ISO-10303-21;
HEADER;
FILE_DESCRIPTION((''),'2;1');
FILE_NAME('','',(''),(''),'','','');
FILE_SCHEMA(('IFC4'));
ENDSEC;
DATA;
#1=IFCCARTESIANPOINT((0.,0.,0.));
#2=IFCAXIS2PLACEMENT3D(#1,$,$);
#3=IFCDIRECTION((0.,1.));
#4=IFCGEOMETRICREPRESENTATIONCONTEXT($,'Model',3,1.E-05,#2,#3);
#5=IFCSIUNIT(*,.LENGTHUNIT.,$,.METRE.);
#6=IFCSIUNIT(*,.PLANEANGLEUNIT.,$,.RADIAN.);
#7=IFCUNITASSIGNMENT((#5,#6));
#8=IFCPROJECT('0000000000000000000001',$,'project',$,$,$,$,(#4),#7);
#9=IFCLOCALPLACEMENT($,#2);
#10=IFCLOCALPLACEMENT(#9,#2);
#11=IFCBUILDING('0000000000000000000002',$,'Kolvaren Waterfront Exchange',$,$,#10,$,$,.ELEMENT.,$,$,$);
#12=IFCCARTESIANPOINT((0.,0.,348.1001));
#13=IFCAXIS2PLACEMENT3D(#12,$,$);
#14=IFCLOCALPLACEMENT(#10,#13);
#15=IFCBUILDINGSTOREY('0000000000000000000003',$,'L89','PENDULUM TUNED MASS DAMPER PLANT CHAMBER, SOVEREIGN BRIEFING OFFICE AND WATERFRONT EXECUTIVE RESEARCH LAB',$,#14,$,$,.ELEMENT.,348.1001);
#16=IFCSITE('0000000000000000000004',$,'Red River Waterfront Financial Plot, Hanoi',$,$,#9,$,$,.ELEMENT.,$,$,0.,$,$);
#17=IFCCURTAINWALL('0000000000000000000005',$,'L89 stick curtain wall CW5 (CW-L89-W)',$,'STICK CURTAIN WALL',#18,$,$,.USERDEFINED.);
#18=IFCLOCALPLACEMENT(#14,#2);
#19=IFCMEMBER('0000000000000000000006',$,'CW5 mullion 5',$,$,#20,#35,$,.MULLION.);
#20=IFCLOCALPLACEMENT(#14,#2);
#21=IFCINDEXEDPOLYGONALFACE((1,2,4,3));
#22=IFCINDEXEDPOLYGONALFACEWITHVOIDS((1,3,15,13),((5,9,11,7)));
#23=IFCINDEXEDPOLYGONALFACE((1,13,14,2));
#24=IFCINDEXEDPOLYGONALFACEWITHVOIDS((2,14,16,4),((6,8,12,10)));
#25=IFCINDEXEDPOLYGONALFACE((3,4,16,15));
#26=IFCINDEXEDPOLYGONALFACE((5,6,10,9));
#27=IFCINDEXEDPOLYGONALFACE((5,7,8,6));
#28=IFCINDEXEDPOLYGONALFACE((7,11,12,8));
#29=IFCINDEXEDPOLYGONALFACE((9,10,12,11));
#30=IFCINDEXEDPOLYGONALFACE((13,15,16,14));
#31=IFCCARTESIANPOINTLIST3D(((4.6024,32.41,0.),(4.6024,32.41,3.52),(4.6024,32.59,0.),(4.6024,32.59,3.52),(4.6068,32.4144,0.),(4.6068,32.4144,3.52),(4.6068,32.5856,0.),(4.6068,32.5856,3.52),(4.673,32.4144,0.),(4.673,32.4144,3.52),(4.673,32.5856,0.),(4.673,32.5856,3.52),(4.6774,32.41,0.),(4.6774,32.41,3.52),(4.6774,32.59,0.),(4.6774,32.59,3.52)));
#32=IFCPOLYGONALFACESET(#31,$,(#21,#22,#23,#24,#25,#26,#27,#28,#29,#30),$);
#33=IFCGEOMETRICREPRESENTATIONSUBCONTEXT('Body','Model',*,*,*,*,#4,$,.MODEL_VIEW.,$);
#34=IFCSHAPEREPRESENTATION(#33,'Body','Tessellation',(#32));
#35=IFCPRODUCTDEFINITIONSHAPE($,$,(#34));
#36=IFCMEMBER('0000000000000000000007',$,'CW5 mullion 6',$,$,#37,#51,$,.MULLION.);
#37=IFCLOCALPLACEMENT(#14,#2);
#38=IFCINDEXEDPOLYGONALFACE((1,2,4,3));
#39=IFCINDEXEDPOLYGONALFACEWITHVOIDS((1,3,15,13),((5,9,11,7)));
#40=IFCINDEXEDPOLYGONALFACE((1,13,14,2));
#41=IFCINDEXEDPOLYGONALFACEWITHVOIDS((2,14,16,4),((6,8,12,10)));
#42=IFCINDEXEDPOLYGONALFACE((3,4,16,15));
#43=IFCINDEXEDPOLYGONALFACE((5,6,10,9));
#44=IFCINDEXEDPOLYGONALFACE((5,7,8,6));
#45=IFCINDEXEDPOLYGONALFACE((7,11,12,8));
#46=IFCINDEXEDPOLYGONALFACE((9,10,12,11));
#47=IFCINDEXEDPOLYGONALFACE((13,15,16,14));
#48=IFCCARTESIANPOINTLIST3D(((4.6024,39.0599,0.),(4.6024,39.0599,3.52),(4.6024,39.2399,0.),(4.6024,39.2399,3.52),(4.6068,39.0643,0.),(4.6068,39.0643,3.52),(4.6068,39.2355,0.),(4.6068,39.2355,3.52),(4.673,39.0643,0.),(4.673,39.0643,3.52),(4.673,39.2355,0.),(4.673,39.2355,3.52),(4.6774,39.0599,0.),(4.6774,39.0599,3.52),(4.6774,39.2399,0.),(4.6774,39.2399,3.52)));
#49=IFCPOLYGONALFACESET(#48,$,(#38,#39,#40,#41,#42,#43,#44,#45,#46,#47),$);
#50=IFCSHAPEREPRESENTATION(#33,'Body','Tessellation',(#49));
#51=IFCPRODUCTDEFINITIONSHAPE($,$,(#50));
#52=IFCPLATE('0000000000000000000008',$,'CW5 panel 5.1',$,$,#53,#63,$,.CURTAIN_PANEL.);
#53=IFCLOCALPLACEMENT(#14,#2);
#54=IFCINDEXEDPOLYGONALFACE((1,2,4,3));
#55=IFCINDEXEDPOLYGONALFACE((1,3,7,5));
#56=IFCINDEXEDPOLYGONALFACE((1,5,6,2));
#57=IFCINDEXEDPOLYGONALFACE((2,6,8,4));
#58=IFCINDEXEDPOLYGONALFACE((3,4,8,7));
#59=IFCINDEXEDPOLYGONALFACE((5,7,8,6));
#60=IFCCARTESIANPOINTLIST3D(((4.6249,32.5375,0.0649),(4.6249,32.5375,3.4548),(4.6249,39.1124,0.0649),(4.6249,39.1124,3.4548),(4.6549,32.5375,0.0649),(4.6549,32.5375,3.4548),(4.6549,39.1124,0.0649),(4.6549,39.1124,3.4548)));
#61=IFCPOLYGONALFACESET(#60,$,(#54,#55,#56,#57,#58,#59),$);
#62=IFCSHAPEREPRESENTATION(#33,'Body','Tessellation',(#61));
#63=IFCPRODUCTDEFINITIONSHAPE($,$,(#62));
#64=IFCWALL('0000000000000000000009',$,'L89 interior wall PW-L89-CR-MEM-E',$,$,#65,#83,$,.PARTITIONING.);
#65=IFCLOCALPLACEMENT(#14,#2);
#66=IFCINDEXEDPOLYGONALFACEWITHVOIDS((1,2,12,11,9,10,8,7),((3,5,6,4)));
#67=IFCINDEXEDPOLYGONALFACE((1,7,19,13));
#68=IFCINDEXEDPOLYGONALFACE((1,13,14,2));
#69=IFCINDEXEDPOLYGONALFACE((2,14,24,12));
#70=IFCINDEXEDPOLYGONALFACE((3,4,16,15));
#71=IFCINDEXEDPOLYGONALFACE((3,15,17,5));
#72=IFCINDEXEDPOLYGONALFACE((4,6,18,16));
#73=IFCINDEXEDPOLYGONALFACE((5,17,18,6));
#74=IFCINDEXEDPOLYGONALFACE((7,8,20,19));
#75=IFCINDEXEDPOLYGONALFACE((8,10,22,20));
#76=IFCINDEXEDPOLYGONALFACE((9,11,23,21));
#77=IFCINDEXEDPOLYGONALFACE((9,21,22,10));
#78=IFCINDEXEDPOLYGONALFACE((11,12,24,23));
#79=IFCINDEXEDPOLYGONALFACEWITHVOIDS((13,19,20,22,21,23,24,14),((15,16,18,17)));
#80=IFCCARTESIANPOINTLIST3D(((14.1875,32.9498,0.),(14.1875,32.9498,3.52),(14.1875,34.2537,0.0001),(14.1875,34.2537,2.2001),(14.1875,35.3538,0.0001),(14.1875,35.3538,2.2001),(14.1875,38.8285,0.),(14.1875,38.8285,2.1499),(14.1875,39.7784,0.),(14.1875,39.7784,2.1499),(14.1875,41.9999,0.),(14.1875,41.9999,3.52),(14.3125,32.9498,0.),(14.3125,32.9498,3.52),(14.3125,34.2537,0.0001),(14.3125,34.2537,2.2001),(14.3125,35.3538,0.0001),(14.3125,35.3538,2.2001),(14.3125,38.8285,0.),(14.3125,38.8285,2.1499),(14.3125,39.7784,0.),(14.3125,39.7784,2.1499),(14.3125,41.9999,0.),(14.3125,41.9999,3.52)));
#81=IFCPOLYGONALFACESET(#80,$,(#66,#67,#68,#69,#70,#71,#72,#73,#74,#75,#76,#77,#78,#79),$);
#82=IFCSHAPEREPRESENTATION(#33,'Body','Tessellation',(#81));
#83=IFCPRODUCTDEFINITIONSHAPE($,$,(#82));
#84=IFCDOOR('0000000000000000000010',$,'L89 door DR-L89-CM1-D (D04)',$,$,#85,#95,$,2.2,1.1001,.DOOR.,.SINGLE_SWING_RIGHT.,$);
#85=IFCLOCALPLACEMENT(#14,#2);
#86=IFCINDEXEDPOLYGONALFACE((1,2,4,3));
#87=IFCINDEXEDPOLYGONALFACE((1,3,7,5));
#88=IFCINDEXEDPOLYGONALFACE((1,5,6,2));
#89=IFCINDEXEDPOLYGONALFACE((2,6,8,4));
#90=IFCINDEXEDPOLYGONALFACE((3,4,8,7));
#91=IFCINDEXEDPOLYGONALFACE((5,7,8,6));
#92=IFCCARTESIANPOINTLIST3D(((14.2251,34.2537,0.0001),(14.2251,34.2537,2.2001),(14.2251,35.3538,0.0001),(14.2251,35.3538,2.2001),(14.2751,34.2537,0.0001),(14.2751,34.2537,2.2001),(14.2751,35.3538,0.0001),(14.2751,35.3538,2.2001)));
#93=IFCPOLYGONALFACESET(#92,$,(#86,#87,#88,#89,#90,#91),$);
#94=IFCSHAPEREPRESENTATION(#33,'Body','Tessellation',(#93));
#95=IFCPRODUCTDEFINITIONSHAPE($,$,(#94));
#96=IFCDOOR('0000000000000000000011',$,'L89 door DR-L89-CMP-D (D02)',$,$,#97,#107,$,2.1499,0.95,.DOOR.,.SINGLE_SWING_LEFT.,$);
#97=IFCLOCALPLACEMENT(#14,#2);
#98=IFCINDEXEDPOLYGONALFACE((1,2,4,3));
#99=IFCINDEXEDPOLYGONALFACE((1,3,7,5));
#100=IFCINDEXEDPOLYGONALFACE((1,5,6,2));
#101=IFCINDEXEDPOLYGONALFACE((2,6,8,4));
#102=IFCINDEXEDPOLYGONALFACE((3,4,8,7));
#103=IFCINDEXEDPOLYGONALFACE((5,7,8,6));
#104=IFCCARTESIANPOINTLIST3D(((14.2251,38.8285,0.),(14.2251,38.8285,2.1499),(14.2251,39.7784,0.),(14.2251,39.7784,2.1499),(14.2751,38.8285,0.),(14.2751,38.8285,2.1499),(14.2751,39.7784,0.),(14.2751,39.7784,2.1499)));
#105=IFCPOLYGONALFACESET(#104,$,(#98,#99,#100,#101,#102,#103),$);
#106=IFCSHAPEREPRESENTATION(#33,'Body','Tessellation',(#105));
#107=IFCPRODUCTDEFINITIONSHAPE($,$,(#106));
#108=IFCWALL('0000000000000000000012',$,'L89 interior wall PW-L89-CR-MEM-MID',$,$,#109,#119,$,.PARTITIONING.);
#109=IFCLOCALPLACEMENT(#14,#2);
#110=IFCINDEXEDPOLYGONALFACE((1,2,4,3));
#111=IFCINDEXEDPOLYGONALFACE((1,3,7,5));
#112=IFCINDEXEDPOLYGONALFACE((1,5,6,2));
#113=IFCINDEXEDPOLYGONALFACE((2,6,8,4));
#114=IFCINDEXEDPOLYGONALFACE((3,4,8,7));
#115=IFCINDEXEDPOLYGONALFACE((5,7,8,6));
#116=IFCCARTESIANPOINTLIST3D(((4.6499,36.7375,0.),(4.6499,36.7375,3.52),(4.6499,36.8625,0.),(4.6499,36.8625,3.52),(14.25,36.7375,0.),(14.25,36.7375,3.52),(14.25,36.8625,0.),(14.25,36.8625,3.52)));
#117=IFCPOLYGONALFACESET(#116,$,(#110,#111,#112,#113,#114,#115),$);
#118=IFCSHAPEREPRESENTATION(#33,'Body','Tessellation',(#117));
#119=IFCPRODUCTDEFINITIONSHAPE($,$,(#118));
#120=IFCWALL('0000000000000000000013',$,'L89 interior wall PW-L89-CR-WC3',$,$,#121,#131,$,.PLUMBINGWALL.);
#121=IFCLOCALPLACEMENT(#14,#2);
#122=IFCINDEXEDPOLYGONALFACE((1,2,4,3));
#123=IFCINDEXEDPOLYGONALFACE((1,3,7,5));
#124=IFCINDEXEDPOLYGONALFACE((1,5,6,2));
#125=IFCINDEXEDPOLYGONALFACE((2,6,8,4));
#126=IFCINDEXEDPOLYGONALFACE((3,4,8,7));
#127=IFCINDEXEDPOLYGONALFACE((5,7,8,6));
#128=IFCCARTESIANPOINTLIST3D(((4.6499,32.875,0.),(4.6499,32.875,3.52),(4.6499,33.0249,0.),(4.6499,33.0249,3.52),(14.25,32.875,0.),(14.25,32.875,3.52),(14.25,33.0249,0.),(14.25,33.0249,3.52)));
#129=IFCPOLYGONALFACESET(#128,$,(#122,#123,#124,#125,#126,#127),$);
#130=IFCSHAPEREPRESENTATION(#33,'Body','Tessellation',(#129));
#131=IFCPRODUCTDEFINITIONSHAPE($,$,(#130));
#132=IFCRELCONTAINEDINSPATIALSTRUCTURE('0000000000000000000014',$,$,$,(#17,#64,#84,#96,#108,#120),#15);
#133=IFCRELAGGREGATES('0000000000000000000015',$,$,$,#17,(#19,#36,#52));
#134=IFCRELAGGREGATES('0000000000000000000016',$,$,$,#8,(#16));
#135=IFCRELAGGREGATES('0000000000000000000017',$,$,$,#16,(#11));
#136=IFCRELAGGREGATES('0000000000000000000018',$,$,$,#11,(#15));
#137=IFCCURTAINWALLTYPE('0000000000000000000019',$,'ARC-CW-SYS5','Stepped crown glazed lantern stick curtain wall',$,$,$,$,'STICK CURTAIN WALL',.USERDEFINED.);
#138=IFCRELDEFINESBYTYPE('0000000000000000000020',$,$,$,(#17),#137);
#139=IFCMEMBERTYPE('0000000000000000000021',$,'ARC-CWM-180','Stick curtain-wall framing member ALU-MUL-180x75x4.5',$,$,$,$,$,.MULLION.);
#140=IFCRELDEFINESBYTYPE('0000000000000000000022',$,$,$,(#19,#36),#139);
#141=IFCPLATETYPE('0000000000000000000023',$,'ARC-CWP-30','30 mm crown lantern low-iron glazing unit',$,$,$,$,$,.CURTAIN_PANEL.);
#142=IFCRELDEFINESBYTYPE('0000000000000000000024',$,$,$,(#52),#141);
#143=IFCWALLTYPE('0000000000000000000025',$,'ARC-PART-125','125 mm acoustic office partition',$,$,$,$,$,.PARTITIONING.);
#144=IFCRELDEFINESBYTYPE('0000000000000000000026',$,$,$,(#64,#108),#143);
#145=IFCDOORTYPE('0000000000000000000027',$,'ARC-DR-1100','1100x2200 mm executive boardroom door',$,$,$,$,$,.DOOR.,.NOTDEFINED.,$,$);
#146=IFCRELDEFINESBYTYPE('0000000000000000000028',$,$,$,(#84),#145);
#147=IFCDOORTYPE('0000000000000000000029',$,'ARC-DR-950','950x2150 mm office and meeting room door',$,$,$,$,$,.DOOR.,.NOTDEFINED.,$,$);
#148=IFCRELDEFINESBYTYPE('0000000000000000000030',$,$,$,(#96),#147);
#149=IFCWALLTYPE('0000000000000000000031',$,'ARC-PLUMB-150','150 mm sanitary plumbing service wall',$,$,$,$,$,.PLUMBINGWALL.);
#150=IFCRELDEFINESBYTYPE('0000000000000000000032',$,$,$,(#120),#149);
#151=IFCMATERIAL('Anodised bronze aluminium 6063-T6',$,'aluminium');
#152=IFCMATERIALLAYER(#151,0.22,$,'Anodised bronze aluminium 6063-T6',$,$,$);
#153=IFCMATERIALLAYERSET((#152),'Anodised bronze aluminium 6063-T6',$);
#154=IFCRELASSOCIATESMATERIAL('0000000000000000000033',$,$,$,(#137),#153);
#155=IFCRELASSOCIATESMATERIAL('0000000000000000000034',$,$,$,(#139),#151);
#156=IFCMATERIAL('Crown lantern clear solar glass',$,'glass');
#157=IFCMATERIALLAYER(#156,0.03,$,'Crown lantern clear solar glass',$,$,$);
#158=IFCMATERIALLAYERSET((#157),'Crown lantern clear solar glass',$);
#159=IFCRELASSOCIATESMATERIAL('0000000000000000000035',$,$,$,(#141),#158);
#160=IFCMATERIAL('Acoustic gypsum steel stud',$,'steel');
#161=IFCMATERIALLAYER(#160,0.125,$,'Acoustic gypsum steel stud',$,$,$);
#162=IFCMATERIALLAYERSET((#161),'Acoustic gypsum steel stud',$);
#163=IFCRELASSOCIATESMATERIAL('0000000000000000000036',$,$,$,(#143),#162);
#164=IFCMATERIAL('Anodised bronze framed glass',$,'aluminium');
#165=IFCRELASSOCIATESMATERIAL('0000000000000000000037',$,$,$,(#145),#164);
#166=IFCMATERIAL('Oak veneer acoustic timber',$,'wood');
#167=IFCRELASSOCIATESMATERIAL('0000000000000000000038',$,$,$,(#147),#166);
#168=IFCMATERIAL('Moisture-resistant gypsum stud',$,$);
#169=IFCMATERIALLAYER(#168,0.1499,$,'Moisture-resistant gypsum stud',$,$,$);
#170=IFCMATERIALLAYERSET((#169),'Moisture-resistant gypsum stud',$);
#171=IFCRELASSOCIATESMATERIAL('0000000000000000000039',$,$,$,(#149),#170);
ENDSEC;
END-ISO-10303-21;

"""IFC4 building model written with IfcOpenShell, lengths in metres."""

from ifc_helpers import new_model, si_unit, direction, frame, frame_2d, origin, origin_with_axes, origin_2d, place, context, subcontext, project, spatial, rectangle, hollow_rectangle, extrude, source, transform, mapped, material, layer, layer_set, material_profile, profile_set, type_object, element, fill, aggregate, save


model = new_model("IFC4")

# Units and contexts
model_context = context("Model", 3, precision=1e-05, world=origin(), true_north=direction((0.0, 1.0)))
body_context = subcontext(model_context, "Body", "Model", "MODEL_VIEW")
ifc_project = project(units=[si_unit("LENGTHUNIT", "METRE"), si_unit("PLANEANGLEUNIT", "RADIAN")], contexts=[model_context])

# Site, building, storey
site_placement = place(None, origin())
site = spatial("IfcSite", under=ifc_project, at=site_placement, Name="Red River Waterfront Financial Plot, Hanoi", CompositionType="ELEMENT", RefElevation=0.0)
building_placement = place(site_placement, origin())
building = spatial("IfcBuilding", under=site, at=building_placement, Name="Kolvaren Waterfront Exchange", CompositionType="ELEMENT")
storey_placement = place(building_placement, frame((0.0, 0.0, 348.1001)))
storey = spatial("IfcBuildingStorey", under=building, at=storey_placement, Name="L89", Description="PENDULUM TUNED MASS DAMPER PLANT CHAMBER, SOVEREIGN BRIEFING OFFICE AND WATERFRONT EXECUTIVE RESEARCH LAB", CompositionType="ELEMENT", Elevation=348.1001)

# Curtain wall, members, plate
ifc_material_1 = material(Name="Anodised bronze aluminium 6063-T6", Category="aluminium")
ifc_layer_1 = layer(ifc_material_1, 0.22, Name="Anodised bronze aluminium 6063-T6")
ifc_layer_set_1 = layer_set([ifc_layer_1], Name="Anodised bronze aluminium 6063-T6")
curtain_wall_type = type_object("IfcCurtainWallType", Name="ARC-CW-SYS5", Description="Stepped crown glazed lantern stick curtain wall", ElementType="STICK CURTAIN WALL", PredefinedType="USERDEFINED", material=ifc_layer_set_1)
curtain_wall_placement = place(storey_placement, origin())
curtain_wall = element("IfcCurtainWall", 1, at=curtain_wall_placement, inside=storey, type_object=curtain_wall_type, Name="L89 stick curtain wall CW5 (CW-L89-W)", ObjectType="STICK CURTAIN WALL", PredefinedType="USERDEFINED")
ifc_material_profile_1 = material_profile(ifc_material_1, hollow_rectangle(XDim=0.075, YDim=0.1799, WallThickness=0.0044, at=origin_2d()), Name="ALU-MUL-180x75x4.5")
ifc_profile_set_1 = profile_set([ifc_material_profile_1], Name="Anodised bronze aluminium 6063-T6")
member_type_1 = type_object("IfcMemberType", Name="ARC-CWM-180", Description="Stick curtain-wall framing member ALU-MUL-180x75x4.5", PredefinedType="MULLION", material=ifc_profile_set_1)
shared_shape_1 = source(origin_with_axes(), body_context, "Body", "SweptSolid", [
    extrude(hollow_rectangle(XDim=0.075, YDim=0.1799, WallThickness=0.0044, at=origin_2d()), origin(), (0.0, 0.0, 1.0), 3.52),
])
member_1_placement = place(storey_placement, frame((4.6399, 32.5, 0.0), z_axis=(0.0, 0.0, 1.0), x_axis=(-1.0, 0.0, 0.0)))
member_1 = element("IfcMember", 2, at=member_1_placement, type_object=member_type_1, Name="CW5 mullion 5", PredefinedType="MULLION", context=body_context, shape_type="MappedRepresentation", body=[
    mapped(shared_shape_1, transform((0.0, 0.0, 0.0), x_axis=(1.0, 0.0, 0.0), y_axis=(0.0, 1.0, 0.0), z_axis=(0.0, 0.0, 1.0), scale=1.0)),
])
member_2_placement = place(storey_placement, frame((4.6399, 39.1499, 0.0), z_axis=(0.0, 0.0, 1.0), x_axis=(-1.0, 0.0, 0.0)))
member_2 = element("IfcMember", 3, at=member_2_placement, type_object=member_type_1, Name="CW5 mullion 6", PredefinedType="MULLION", context=body_context, shape_type="MappedRepresentation", body=[
    mapped(shared_shape_1, transform((0.0, 0.0, 0.0), x_axis=(1.0, 0.0, 0.0), y_axis=(0.0, 1.0, 0.0), z_axis=(0.0, 0.0, 1.0), scale=1.0)),
])
ifc_material_2 = material(Name="Crown lantern clear solar glass", Category="glass")
ifc_layer_2 = layer(ifc_material_2, 0.03, Name="Crown lantern clear solar glass")
ifc_layer_set_2 = layer_set([ifc_layer_2], Name="Crown lantern clear solar glass")
plate_type = type_object("IfcPlateType", Name="ARC-CWP-30", Description="30 mm crown lantern low-iron glazing unit", PredefinedType="CURTAIN_PANEL", material=ifc_layer_set_2)
shared_shape_2 = source(origin_with_axes(), body_context, "Body", "SweptSolid", [
    extrude(rectangle(XDim=6.575, YDim=0.03, at=origin_2d()), origin(), (0.0, 0.0, 1.0), 3.3899),
])
plate_placement = place(storey_placement, frame((4.6399, 35.825, 0.0649), z_axis=(0.0, 0.0, 1.0), x_axis=(0.0, 1.0, 0.0)))
plate = element("IfcPlate", 4, at=plate_placement, type_object=plate_type, Name="CW5 panel 5.1", PredefinedType="CURTAIN_PANEL", context=body_context, shape_type="MappedRepresentation", body=[
    mapped(shared_shape_2, transform((0.0, 0.0, 0.0), x_axis=(1.0, 0.0, 0.0), y_axis=(0.0, 1.0, 0.0), z_axis=(0.0, 0.0, 1.0), scale=1.0)),
])
aggregate(curtain_wall, [member_1, member_2, plate])

# Wall, openings, doors
ifc_material_3 = material(Name="Acoustic gypsum steel stud", Category="steel")
ifc_layer_3 = layer(ifc_material_3, 0.125, Name="Acoustic gypsum steel stud")
ifc_layer_set_3 = layer_set([ifc_layer_3], Name="Acoustic gypsum steel stud")
wall_type_1 = type_object("IfcWallType", Name="ARC-PART-125", Description="125 mm acoustic office partition", PredefinedType="PARTITIONING", material=ifc_layer_set_3)
wall_1_placement = place(storey_placement, frame((14.25, 32.95, 0.0), z_axis=(0.0, 0.0, 1.0), x_axis=(0.0, 1.0, 0.0)))
wall_1 = element("IfcWall", 5, at=wall_1_placement, inside=storey, type_object=wall_type_1, Name="L89 interior wall PW-L89-CR-MEM-E", PredefinedType="PARTITIONING", context=body_context, shape_type="SweptSolid", body=[
    extrude(rectangle(XDim=9.05, YDim=0.125, at=frame_2d((4.5249, 0.0))), origin(), (0.0, 0.0, 1.0), 3.52),
])
opening_1_placement = place(wall_1_placement, frame((1.3037, 0.0, 0.0)))
opening_1 = element("IfcOpeningElement", 6, at=opening_1_placement, cuts=wall_1, PredefinedType="OPENING", context=body_context, shape_type="SweptSolid", body=[
    extrude(rectangle(XDim=1.1001, YDim=2.2, at=frame_2d((0.55, 1.1001))), frame((0.0, 0.0725, 0.0), z_axis=(0.0, -1.0, 0.0), x_axis=(1.0, 0.0, 0.0)), (0.0, 0.0, 1.0), 0.145),
])
opening_2_placement = place(wall_1_placement, frame((5.8784, 0.0, 0.0)))
opening_2 = element("IfcOpeningElement", 7, at=opening_2_placement, cuts=wall_1, PredefinedType="OPENING", context=body_context, shape_type="SweptSolid", body=[
    extrude(rectangle(XDim=0.95, YDim=2.1499, at=frame_2d((0.4751, 1.075))), frame((0.0, 0.0725, 0.0), z_axis=(0.0, -1.0, 0.0), x_axis=(1.0, 0.0, 0.0)), (0.0, 0.0, 1.0), 0.145),
])
ifc_material_4 = material(Name="Anodised bronze framed glass", Category="aluminium")
door_type_1 = type_object("IfcDoorType", Name="ARC-DR-1100", Description="1100x2200 mm executive boardroom door", OperationType="NOTDEFINED", PredefinedType="DOOR", material=ifc_material_4)
door_1_placement = place(opening_1_placement, origin())
door_1 = element("IfcDoor", 8, at=door_1_placement, inside=storey, type_object=door_type_1, Name="L89 door DR-L89-CM1-D (D04)", OperationType="SINGLE_SWING_RIGHT", OverallHeight=2.2, OverallWidth=1.1001, PredefinedType="DOOR", context=body_context, shape_type="SweptSolid", body=[
    extrude(rectangle(XDim=1.1001, YDim=2.2, at=frame_2d((0.55, 1.1001))), frame((0.0, 0.0249, 0.0), z_axis=(0.0, -1.0, 0.0), x_axis=(1.0, 0.0, 0.0)), (0.0, 0.0, 1.0), 0.05),
])
fill(opening_1, door_1)
ifc_material_5 = material(Name="Oak veneer acoustic timber", Category="wood")
door_type_2 = type_object("IfcDoorType", Name="ARC-DR-950", Description="950x2150 mm office and meeting room door", OperationType="NOTDEFINED", PredefinedType="DOOR", material=ifc_material_5)
door_2_placement = place(opening_2_placement, origin())
door_2 = element("IfcDoor", 9, at=door_2_placement, inside=storey, type_object=door_type_2, Name="L89 door DR-L89-CMP-D (D02)", OperationType="SINGLE_SWING_LEFT", OverallHeight=2.1499, OverallWidth=0.95, PredefinedType="DOOR", context=body_context, shape_type="SweptSolid", body=[
    extrude(rectangle(XDim=0.95, YDim=2.1499, at=frame_2d((0.4751, 1.075))), frame((0.0, 0.0249, 0.0), z_axis=(0.0, -1.0, 0.0), x_axis=(1.0, 0.0, 0.0)), (0.0, 0.0, 1.0), 0.05),
])
fill(opening_2, door_2)

# Walls
wall_2_placement = place(storey_placement, frame((4.6499, 36.8, 0.0), z_axis=(0.0, 0.0, 1.0), x_axis=(1.0, 0.0, 0.0)))
element("IfcWall", 10, at=wall_2_placement, inside=storey, type_object=wall_type_1, Name="L89 interior wall PW-L89-CR-MEM-MID", PredefinedType="PARTITIONING", context=body_context, shape_type="SweptSolid", body=[
    extrude(rectangle(XDim=9.6001, YDim=0.125, at=frame_2d((4.8, 0.0))), origin(), (0.0, 0.0, 1.0), 3.52),
])
ifc_material_6 = material(Name="Moisture-resistant gypsum stud")
ifc_layer_4 = layer(ifc_material_6, 0.1499, Name="Moisture-resistant gypsum stud")
ifc_layer_set_4 = layer_set([ifc_layer_4], Name="Moisture-resistant gypsum stud")
wall_type_2 = type_object("IfcWallType", Name="ARC-PLUMB-150", Description="150 mm sanitary plumbing service wall", PredefinedType="PLUMBINGWALL", material=ifc_layer_set_4)
wall_3_placement = place(storey_placement, frame((4.6499, 32.95, 0.0), z_axis=(0.0, 0.0, 1.0), x_axis=(1.0, 0.0, 0.0)))
element("IfcWall", 11, at=wall_3_placement, inside=storey, type_object=wall_type_2, Name="L89 interior wall PW-L89-CR-WC3", PredefinedType="PLUMBINGWALL", context=body_context, shape_type="SweptSolid", body=[
    extrude(rectangle(XDim=9.6001, YDim=0.1499, at=frame_2d((4.8, 0.0))), origin(), (0.0, 0.0, 1.0), 3.52),
])

save(model, "model.ifc")
